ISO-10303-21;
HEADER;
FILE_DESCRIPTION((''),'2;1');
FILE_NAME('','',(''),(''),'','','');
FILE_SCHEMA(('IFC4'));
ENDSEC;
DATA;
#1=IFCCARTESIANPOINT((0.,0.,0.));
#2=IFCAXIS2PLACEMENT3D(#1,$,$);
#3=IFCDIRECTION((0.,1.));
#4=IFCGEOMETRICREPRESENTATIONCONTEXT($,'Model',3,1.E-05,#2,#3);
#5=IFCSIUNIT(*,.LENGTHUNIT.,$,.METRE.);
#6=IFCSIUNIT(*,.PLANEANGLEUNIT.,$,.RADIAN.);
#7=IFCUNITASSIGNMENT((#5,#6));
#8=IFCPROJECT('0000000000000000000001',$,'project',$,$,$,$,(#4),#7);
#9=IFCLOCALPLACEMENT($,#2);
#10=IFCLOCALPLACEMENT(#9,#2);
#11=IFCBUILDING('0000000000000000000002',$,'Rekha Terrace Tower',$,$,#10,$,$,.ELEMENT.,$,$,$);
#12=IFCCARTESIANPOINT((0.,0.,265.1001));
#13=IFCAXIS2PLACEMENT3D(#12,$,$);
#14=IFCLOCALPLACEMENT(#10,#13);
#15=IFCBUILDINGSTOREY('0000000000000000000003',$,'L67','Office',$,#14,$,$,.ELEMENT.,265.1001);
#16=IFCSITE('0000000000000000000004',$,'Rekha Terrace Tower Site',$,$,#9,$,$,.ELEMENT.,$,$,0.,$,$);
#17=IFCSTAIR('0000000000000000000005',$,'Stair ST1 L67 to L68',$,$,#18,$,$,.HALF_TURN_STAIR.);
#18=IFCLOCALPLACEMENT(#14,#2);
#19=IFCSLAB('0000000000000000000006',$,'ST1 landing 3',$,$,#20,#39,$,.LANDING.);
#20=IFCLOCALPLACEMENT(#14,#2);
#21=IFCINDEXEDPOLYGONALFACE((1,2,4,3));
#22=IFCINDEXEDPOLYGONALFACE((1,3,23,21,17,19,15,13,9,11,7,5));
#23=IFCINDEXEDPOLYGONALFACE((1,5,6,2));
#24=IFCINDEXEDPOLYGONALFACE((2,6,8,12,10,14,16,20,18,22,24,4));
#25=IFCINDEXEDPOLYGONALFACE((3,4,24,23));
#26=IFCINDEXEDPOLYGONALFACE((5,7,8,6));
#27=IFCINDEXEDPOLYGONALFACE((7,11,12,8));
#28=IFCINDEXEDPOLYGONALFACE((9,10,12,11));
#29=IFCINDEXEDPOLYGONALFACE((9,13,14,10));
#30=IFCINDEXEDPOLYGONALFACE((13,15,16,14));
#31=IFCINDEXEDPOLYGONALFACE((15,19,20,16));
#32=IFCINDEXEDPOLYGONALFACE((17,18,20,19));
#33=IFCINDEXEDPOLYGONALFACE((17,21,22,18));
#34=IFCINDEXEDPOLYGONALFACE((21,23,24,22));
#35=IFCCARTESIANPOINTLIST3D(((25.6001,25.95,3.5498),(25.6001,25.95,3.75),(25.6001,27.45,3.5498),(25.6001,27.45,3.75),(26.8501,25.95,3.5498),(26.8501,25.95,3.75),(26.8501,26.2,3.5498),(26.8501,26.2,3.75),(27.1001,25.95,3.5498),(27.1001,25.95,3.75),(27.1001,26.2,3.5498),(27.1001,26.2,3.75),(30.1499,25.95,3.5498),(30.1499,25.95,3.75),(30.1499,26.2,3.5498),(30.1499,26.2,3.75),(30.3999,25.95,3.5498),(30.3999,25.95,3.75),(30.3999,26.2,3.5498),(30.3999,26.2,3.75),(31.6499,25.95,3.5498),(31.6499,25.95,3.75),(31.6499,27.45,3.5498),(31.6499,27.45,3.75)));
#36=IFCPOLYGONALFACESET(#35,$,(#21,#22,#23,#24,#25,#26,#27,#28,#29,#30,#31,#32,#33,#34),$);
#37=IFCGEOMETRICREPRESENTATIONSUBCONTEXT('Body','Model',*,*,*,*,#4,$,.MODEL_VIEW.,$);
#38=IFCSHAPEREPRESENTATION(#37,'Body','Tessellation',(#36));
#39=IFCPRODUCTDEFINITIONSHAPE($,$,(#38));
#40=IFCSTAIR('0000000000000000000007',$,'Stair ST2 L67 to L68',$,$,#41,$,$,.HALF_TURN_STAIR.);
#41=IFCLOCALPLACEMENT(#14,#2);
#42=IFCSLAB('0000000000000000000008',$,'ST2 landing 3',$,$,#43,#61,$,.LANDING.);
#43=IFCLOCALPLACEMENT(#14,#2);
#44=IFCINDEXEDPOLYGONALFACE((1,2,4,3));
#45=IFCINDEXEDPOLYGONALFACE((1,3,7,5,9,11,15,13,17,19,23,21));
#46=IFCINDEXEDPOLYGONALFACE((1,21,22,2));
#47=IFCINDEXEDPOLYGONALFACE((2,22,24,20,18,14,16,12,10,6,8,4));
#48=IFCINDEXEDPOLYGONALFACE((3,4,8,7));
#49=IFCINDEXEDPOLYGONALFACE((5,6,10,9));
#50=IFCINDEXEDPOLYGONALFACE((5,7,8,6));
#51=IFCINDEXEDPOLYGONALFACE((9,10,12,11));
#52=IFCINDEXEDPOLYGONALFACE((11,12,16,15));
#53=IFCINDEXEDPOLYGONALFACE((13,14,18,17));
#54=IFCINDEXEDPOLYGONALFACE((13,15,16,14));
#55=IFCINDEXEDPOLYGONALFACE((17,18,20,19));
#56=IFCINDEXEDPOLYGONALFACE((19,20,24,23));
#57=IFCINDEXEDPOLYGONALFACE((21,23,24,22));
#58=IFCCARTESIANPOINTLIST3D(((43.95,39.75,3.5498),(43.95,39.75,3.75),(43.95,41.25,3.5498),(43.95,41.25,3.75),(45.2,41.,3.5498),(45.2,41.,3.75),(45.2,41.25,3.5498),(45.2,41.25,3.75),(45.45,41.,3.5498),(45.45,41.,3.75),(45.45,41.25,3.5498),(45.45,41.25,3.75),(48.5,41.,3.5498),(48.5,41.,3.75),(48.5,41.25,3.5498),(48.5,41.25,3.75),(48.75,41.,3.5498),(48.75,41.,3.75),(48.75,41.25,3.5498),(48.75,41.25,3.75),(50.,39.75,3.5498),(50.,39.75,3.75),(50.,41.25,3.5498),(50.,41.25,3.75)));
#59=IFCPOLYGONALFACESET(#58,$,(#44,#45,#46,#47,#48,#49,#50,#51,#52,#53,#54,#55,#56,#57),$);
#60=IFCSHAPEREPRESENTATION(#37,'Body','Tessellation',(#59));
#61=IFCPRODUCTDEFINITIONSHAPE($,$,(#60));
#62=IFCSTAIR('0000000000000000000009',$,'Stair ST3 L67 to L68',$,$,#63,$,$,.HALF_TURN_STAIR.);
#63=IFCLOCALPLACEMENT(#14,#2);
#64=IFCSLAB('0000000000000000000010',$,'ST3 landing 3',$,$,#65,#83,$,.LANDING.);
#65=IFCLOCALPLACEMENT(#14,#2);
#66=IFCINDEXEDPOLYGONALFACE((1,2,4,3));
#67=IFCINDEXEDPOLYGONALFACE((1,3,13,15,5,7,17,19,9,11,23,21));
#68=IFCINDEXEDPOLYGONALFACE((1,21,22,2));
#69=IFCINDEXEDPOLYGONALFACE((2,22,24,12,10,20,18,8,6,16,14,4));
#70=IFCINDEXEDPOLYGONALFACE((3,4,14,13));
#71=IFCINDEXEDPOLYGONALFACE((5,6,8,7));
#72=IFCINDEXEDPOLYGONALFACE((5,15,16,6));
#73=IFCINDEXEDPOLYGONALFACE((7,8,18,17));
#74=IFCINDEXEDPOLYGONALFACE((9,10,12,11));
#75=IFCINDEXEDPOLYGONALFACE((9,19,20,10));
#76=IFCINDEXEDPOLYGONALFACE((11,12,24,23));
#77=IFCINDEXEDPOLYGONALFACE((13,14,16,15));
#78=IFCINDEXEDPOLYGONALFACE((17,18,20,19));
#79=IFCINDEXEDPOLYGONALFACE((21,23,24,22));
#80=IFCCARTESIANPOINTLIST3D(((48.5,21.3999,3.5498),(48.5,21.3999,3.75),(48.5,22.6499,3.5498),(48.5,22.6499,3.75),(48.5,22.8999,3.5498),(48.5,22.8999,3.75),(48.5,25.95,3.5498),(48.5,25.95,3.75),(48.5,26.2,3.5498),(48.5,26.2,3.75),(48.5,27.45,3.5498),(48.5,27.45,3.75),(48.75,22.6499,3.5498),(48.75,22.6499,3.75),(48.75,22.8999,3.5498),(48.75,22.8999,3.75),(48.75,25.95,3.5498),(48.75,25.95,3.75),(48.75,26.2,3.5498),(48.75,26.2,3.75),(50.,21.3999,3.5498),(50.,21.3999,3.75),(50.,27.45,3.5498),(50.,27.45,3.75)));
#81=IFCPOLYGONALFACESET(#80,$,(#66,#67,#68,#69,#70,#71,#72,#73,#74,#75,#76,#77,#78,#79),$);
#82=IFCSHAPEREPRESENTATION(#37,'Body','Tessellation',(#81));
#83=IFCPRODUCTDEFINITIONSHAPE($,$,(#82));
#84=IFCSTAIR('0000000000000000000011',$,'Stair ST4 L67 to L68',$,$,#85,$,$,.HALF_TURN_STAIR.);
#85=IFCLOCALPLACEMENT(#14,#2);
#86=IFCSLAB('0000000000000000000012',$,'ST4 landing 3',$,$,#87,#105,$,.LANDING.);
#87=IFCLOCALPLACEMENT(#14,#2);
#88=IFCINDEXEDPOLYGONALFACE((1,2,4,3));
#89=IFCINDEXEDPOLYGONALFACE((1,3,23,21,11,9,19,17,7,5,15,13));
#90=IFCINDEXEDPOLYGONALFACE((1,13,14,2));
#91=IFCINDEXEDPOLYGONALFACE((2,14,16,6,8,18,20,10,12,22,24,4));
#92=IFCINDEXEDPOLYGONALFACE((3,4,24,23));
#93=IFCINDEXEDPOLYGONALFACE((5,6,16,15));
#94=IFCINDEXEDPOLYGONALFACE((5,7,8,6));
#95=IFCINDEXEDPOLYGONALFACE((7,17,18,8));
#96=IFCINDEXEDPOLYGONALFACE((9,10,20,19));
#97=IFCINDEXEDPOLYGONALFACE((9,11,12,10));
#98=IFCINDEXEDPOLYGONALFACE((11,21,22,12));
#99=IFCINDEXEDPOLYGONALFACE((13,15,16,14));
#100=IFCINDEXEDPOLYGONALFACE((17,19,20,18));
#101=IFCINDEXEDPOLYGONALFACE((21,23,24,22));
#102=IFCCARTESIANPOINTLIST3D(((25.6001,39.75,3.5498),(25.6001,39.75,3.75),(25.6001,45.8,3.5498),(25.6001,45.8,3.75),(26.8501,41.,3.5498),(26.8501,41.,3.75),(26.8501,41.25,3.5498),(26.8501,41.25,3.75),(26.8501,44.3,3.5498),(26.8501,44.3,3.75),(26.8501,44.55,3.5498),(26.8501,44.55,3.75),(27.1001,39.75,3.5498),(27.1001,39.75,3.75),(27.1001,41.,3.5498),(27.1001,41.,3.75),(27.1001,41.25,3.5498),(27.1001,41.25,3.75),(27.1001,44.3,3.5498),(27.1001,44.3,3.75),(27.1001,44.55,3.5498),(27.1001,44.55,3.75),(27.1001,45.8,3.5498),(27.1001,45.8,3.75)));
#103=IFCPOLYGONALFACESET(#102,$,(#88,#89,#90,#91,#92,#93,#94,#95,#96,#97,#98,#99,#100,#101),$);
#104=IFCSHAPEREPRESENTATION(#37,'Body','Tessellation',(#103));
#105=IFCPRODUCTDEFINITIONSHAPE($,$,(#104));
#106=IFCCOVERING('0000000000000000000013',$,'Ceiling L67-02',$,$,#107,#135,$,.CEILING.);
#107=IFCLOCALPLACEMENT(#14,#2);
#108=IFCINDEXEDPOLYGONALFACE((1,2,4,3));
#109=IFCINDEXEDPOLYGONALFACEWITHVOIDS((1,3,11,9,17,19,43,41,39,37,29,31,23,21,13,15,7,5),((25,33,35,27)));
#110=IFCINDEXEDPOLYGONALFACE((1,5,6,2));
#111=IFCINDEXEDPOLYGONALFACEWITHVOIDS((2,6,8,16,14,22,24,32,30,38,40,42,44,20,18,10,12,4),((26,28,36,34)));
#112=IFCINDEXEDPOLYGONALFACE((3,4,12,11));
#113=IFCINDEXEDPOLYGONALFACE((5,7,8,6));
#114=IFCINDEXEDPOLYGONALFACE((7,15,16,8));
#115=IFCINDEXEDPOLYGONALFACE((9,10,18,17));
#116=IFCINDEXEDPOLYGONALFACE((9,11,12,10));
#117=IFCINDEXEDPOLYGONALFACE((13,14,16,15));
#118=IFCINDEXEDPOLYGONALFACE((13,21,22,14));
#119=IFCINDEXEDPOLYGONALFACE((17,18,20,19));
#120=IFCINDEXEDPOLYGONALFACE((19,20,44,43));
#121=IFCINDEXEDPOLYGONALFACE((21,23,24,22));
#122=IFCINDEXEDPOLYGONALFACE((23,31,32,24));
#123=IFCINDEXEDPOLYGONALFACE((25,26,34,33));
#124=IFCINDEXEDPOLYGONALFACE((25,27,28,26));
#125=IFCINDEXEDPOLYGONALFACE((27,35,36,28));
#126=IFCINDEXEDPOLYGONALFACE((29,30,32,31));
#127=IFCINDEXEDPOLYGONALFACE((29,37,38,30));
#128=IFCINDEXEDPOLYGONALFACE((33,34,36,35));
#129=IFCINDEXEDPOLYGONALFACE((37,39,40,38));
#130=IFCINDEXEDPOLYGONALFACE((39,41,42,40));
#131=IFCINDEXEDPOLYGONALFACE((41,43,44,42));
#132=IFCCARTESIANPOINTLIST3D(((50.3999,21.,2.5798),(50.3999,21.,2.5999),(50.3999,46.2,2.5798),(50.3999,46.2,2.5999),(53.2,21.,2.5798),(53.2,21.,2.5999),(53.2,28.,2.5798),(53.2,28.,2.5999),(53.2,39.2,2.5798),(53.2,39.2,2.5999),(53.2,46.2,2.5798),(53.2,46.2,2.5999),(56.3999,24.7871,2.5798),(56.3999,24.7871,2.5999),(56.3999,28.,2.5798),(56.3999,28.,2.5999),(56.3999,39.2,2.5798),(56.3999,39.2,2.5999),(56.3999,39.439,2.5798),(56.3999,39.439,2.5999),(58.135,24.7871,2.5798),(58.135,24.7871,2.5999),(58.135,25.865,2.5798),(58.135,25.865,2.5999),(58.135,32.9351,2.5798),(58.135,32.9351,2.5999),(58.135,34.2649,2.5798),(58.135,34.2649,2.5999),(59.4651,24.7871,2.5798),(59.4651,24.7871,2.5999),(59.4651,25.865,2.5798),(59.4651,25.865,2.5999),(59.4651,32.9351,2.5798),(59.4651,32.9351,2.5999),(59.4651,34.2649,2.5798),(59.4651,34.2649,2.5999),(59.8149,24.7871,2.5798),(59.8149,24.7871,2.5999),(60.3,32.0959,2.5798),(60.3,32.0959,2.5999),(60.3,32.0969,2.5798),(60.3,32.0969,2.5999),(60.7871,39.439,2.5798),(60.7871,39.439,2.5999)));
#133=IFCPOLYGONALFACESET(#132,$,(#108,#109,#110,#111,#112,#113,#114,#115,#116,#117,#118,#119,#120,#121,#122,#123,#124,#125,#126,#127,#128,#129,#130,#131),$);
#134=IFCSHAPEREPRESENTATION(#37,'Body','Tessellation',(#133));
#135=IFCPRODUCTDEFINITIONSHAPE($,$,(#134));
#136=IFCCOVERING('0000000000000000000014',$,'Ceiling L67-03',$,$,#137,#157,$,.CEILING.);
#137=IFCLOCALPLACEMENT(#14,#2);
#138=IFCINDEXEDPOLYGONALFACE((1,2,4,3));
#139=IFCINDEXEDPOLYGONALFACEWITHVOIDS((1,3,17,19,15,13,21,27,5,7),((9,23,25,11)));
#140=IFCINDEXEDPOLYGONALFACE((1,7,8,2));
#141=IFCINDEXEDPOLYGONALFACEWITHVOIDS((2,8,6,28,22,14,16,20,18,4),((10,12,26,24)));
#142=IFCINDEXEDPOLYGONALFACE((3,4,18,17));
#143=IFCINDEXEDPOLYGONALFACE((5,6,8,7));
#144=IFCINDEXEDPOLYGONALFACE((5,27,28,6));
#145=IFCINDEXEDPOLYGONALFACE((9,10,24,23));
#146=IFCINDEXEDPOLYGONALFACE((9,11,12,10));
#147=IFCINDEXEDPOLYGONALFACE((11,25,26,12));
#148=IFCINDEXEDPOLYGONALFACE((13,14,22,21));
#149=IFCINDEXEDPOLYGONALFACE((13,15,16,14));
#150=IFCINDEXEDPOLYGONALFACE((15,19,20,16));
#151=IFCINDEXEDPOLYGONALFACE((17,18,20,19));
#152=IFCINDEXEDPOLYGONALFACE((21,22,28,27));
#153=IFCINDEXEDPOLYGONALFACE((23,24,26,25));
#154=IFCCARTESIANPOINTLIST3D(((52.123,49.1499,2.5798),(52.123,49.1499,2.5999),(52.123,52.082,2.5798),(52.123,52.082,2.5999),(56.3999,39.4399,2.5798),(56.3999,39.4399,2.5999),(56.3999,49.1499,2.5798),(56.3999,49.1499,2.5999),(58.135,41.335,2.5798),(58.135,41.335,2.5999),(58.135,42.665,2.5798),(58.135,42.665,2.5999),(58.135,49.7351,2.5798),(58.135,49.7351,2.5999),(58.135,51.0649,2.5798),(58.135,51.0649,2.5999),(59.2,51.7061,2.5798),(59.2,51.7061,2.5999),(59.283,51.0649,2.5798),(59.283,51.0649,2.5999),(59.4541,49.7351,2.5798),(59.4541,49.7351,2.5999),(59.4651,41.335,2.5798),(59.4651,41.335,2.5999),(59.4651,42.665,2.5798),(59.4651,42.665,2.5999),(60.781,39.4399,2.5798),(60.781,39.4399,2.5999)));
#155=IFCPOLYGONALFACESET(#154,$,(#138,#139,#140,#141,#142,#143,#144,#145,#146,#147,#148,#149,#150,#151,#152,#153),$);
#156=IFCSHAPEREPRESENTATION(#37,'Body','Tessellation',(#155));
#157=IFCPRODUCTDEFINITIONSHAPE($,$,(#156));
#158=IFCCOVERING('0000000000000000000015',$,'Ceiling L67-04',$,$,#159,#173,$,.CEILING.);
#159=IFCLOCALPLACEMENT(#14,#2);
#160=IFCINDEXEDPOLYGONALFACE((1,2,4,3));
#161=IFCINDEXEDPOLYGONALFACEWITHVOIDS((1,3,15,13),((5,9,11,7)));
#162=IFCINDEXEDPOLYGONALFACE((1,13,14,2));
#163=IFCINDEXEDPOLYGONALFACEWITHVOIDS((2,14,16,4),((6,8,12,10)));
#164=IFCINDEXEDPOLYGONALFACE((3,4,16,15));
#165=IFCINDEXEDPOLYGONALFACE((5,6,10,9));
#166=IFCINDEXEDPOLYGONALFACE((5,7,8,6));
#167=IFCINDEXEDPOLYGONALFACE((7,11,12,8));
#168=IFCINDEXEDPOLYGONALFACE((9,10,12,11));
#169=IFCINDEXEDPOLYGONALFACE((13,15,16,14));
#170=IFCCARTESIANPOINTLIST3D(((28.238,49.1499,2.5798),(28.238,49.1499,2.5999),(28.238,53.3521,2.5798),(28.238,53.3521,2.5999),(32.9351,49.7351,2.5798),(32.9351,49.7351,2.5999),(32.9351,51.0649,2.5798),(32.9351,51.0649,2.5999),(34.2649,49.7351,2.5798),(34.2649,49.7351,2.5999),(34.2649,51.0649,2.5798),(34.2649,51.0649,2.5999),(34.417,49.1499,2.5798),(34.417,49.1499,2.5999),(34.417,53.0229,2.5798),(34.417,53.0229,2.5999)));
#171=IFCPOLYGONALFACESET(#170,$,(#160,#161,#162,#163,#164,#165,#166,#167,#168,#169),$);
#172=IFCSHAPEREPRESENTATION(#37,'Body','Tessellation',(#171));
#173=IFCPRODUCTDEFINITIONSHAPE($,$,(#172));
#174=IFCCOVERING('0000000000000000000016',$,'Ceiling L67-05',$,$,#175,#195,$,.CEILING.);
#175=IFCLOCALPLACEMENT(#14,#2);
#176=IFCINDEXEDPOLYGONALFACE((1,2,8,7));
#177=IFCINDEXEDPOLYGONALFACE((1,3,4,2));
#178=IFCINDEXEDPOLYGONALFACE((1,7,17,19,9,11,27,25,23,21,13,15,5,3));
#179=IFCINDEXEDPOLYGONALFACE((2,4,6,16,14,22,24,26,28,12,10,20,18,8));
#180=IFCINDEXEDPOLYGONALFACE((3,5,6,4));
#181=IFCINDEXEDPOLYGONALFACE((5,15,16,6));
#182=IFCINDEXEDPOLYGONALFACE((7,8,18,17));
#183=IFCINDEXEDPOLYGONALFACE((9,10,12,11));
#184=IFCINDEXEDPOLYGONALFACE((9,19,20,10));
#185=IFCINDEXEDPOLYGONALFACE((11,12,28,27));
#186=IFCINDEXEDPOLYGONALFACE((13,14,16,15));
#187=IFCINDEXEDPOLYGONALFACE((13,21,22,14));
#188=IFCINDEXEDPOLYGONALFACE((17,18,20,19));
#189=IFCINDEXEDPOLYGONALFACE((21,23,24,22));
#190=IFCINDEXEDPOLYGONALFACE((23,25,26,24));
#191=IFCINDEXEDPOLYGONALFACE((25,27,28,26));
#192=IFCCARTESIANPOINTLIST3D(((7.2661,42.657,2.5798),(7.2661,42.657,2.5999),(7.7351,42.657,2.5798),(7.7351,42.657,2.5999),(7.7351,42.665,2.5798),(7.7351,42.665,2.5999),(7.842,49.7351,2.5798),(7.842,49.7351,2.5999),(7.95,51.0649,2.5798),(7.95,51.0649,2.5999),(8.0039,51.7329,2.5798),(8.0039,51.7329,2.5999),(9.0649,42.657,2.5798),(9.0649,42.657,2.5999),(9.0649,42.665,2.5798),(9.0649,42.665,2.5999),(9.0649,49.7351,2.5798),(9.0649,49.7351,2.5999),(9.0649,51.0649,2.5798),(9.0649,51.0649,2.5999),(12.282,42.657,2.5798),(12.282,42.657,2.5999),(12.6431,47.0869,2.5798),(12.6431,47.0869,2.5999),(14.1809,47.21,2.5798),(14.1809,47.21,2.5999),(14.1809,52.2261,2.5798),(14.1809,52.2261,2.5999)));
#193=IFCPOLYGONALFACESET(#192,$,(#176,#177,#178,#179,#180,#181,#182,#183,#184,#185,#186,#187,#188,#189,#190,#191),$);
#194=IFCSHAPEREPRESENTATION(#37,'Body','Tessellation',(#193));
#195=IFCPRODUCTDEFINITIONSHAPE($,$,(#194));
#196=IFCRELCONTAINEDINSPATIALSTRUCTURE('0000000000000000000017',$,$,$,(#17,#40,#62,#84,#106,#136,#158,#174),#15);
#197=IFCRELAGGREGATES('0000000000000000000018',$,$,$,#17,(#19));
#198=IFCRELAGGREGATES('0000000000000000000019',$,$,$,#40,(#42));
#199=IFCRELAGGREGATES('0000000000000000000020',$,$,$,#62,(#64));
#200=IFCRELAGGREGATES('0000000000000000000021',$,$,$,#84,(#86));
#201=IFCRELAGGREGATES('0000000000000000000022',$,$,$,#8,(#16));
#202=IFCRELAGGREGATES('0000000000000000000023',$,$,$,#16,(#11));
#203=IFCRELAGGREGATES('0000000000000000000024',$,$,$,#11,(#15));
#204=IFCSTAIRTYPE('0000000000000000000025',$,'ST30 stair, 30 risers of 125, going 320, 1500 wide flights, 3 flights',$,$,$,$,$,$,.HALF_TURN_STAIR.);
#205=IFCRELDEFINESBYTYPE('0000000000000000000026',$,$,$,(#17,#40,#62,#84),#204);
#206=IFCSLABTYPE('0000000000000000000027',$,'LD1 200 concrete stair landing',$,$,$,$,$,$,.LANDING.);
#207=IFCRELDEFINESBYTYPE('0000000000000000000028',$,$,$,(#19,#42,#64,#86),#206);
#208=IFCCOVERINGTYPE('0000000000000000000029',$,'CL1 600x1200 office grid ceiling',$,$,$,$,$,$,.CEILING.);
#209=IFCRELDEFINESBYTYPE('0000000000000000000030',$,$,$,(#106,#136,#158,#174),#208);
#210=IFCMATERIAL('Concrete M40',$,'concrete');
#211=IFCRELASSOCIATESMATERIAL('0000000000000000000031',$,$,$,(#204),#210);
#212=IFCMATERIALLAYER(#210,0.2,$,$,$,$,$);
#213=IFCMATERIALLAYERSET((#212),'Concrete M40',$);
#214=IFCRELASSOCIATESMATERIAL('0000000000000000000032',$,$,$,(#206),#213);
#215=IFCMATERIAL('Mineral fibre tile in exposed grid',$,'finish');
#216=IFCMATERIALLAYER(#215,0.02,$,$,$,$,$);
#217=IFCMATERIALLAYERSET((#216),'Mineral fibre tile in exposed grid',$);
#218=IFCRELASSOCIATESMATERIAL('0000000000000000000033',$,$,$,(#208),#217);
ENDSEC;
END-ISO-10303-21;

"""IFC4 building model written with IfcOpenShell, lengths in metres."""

from ifc_helpers import new_model, si_unit, direction, frame, origin, place, context, subcontext, project, spatial, polyline, outline, extrude, material, layer, layer_set, type_object, element, aggregate, save


model = new_model("IFC4")

# Units and contexts
model_context = context("Model", 3, precision=1e-05, world=origin(), true_north=direction((0.0, 1.0)))
body_context = subcontext(model_context, "Body", "Model", "MODEL_VIEW")
ifc_project = project(units=[si_unit("LENGTHUNIT", "METRE"), si_unit("PLANEANGLEUNIT", "RADIAN")], contexts=[model_context])

# Site, building, storey
site_placement = place(None, origin())
site = spatial("IfcSite", under=ifc_project, at=site_placement, Name="Rekha Terrace Tower Site", CompositionType="ELEMENT", RefElevation=0.0)
building_placement = place(site_placement, origin())
building = spatial("IfcBuilding", under=site, at=building_placement, Name="Rekha Terrace Tower", CompositionType="ELEMENT")
storey_placement = place(building_placement, frame((0.0, 0.0, 265.1001)))
storey = spatial("IfcBuildingStorey", under=building, at=storey_placement, Name="L67", Description="Office", CompositionType="ELEMENT", Elevation=265.1001)

# Stairs, slabs
ifc_material_1 = material(Name="Concrete M40", Category="concrete")
stair_type = type_object("IfcStairType", Name="ST30 stair, 30 risers of 125, going 320, 1500 wide flights, 3 flights", PredefinedType="HALF_TURN_STAIR", material=ifc_material_1)
stair_1_placement = place(storey_placement, origin())
stair_1 = element("IfcStair", 1, at=stair_1_placement, inside=storey, type_object=stair_type, Name="Stair ST1 L67 to L68", PredefinedType="HALF_TURN_STAIR")
ifc_layer_1 = layer(ifc_material_1, 0.2)
ifc_layer_set_1 = layer_set([ifc_layer_1], Name="Concrete M40")
slab_type = type_object("IfcSlabType", Name="LD1 200 concrete stair landing", PredefinedType="LANDING", material=ifc_layer_set_1)
slab_1_placement = place(storey_placement, frame((0.0, 0.0, 3.5498)))
slab_1 = element("IfcSlab", 2, at=slab_1_placement, type_object=slab_type, Name="ST1 landing 3", PredefinedType="LANDING", context=body_context, shape_type="SweptSolid", body=[
    extrude(outline(polyline([(31.6499, 25.95), (31.6499, 27.45), (25.6001, 27.45), (25.6001, 25.95), (26.8501, 25.95), (26.8501, 26.2), (27.1001, 26.2), (27.1001, 25.95), (30.1499, 25.95), (30.1499, 26.2), (30.3999, 26.2), (30.3999, 25.95), (31.6499, 25.95)])), origin(), (0.0, 0.0, 1.0), 0.2002),
])
aggregate(stair_1, [slab_1])
stair_2_placement = place(storey_placement, origin())
stair_2 = element("IfcStair", 3, at=stair_2_placement, inside=storey, type_object=stair_type, Name="Stair ST2 L67 to L68", PredefinedType="HALF_TURN_STAIR")
slab_2_placement = place(storey_placement, frame((0.0, 0.0, 3.5498)))
slab_2 = element("IfcSlab", 4, at=slab_2_placement, type_object=slab_type, Name="ST2 landing 3", PredefinedType="LANDING", context=body_context, shape_type="SweptSolid", body=[
    extrude(outline(polyline([(43.95, 41.25), (43.95, 39.75), (50.0, 39.75), (50.0, 41.25), (48.75, 41.25), (48.75, 41.0), (48.5, 41.0), (48.5, 41.25), (45.45, 41.25), (45.45, 41.0), (45.2, 41.0), (45.2, 41.25), (43.95, 41.25)])), origin(), (0.0, 0.0, 1.0), 0.2002),
])
aggregate(stair_2, [slab_2])
stair_3_placement = place(storey_placement, origin())
stair_3 = element("IfcStair", 5, at=stair_3_placement, inside=storey, type_object=stair_type, Name="Stair ST3 L67 to L68", PredefinedType="HALF_TURN_STAIR")
slab_3_placement = place(storey_placement, frame((0.0, 0.0, 3.5498)))
slab_3 = element("IfcSlab", 6, at=slab_3_placement, type_object=slab_type, Name="ST3 landing 3", PredefinedType="LANDING", context=body_context, shape_type="SweptSolid", body=[
    extrude(outline(polyline([(48.5, 21.3999), (50.0, 21.3999), (50.0, 27.45), (48.5, 27.45), (48.5, 26.2), (48.75, 26.2), (48.75, 25.95), (48.5, 25.95), (48.5, 22.8999), (48.75, 22.8999), (48.75, 22.6499), (48.5, 22.6499), (48.5, 21.3999)])), origin(), (0.0, 0.0, 1.0), 0.2002),
])
aggregate(stair_3, [slab_3])
stair_4_placement = place(storey_placement, origin())
stair_4 = element("IfcStair", 7, at=stair_4_placement, inside=storey, type_object=stair_type, Name="Stair ST4 L67 to L68", PredefinedType="HALF_TURN_STAIR")
slab_4_placement = place(storey_placement, frame((0.0, 0.0, 3.5498)))
slab_4 = element("IfcSlab", 8, at=slab_4_placement, type_object=slab_type, Name="ST4 landing 3", PredefinedType="LANDING", context=body_context, shape_type="SweptSolid", body=[
    extrude(outline(polyline([(27.1001, 39.75), (25.6001, 39.75), (25.6001, 45.8), (27.1001, 45.8), (27.1001, 44.55), (26.8501, 44.55), (26.8501, 44.3), (27.1001, 44.3), (27.1001, 41.25), (26.8501, 41.25), (26.8501, 41.0), (27.1001, 41.0), (27.1001, 39.75)])), origin(), (0.0, 0.0, 1.0), 0.2002),
])
aggregate(stair_4, [slab_4])

# Coverings
ifc_material_2 = material(Name="Mineral fibre tile in exposed grid", Category="finish")
ifc_layer_2 = layer(ifc_material_2, 0.02)
ifc_layer_set_2 = layer_set([ifc_layer_2], Name="Mineral fibre tile in exposed grid")
covering_type_1 = type_object("IfcCoveringType", Name="CL1 600x1200 office grid ceiling", PredefinedType="CEILING", material=ifc_layer_set_2)
covering_1_placement = place(storey_placement, frame((0.0, 0.0, 2.5798)))
element("IfcCovering", 9, at=covering_1_placement, inside=storey, type_object=covering_type_1, Name="Ceiling L67-02", PredefinedType="CEILING", context=body_context, shape_type="SweptSolid", body=[
    extrude(outline(polyline([(59.4651, 25.865), (59.4651, 24.7871), (59.8149, 24.7871), (60.3, 32.0959), (60.3, 32.0969), (60.7871, 39.439), (56.3999, 39.439), (56.3999, 39.2), (53.2, 39.2), (53.2, 46.2), (50.3999, 46.2), (50.3999, 21.0), (53.2, 21.0), (53.2, 28.0), (56.3999, 28.0), (56.3999, 24.7871), (58.135, 24.7871), (58.135, 25.865), (59.4651, 25.865)]), holes=[polyline([(59.4651, 34.2649), (59.4651, 32.9351), (58.135, 32.9351), (58.135, 34.2649), (59.4651, 34.2649)])]), origin(), (0.0, 0.0, 1.0), 0.02),
])
covering_2_placement = place(storey_placement, frame((0.0, 0.0, 2.5798)))
element("IfcCovering", 10, at=covering_2_placement, inside=storey, type_object=covering_type_1, Name="Ceiling L67-03", PredefinedType="CEILING", context=body_context, shape_type="SweptSolid", body=[
    extrude(outline(polyline([(56.3999, 49.1499), (56.3999, 39.4399), (60.781, 39.4399), (59.4541, 49.7351), (58.135, 49.7351), (58.135, 51.0649), (59.283, 51.0649), (59.2, 51.7061), (52.123, 52.082), (52.123, 49.1499), (56.3999, 49.1499)]), holes=[polyline([(59.4651, 41.335), (58.135, 41.335), (58.135, 42.665), (59.4651, 42.665), (59.4651, 41.335)])]), origin(), (0.0, 0.0, 1.0), 0.02),
])
covering_3_placement = place(storey_placement, frame((0.0, 0.0, 2.5798)))
element("IfcCovering", 11, at=covering_3_placement, inside=storey, type_object=covering_type_1, Name="Ceiling L67-04", PredefinedType="CEILING", context=body_context, shape_type="SweptSolid", body=[
    extrude(outline(polyline([(28.238, 49.1499), (34.417, 49.1499), (34.417, 53.0229), (28.238, 53.3521), (28.238, 49.1499)]), holes=[polyline([(34.2649, 49.7351), (32.9351, 49.7351), (32.9351, 51.0649), (34.2649, 51.0649), (34.2649, 49.7351)])]), origin(), (0.0, 0.0, 1.0), 0.02),
])
covering_4_placement = place(storey_placement, frame((0.0, 0.0, 2.5798)))
element("IfcCovering", 12, at=covering_4_placement, inside=storey, type_object=covering_type_1, Name="Ceiling L67-05", PredefinedType="CEILING", context=body_context, shape_type="SweptSolid", body=[
    extrude(outline(polyline([(7.2661, 42.657), (7.7351, 42.657), (7.7351, 42.665), (9.0649, 42.665), (9.0649, 42.657), (12.282, 42.657), (12.6431, 47.0869), (14.1809, 47.21), (14.1809, 52.2261), (8.0039, 51.7329), (7.95, 51.0649), (9.0649, 51.0649), (9.0649, 49.7351), (7.842, 49.7351), (7.2661, 42.657)])), origin(), (0.0, 0.0, 1.0), 0.02),
])

save(model, "model.ifc")
